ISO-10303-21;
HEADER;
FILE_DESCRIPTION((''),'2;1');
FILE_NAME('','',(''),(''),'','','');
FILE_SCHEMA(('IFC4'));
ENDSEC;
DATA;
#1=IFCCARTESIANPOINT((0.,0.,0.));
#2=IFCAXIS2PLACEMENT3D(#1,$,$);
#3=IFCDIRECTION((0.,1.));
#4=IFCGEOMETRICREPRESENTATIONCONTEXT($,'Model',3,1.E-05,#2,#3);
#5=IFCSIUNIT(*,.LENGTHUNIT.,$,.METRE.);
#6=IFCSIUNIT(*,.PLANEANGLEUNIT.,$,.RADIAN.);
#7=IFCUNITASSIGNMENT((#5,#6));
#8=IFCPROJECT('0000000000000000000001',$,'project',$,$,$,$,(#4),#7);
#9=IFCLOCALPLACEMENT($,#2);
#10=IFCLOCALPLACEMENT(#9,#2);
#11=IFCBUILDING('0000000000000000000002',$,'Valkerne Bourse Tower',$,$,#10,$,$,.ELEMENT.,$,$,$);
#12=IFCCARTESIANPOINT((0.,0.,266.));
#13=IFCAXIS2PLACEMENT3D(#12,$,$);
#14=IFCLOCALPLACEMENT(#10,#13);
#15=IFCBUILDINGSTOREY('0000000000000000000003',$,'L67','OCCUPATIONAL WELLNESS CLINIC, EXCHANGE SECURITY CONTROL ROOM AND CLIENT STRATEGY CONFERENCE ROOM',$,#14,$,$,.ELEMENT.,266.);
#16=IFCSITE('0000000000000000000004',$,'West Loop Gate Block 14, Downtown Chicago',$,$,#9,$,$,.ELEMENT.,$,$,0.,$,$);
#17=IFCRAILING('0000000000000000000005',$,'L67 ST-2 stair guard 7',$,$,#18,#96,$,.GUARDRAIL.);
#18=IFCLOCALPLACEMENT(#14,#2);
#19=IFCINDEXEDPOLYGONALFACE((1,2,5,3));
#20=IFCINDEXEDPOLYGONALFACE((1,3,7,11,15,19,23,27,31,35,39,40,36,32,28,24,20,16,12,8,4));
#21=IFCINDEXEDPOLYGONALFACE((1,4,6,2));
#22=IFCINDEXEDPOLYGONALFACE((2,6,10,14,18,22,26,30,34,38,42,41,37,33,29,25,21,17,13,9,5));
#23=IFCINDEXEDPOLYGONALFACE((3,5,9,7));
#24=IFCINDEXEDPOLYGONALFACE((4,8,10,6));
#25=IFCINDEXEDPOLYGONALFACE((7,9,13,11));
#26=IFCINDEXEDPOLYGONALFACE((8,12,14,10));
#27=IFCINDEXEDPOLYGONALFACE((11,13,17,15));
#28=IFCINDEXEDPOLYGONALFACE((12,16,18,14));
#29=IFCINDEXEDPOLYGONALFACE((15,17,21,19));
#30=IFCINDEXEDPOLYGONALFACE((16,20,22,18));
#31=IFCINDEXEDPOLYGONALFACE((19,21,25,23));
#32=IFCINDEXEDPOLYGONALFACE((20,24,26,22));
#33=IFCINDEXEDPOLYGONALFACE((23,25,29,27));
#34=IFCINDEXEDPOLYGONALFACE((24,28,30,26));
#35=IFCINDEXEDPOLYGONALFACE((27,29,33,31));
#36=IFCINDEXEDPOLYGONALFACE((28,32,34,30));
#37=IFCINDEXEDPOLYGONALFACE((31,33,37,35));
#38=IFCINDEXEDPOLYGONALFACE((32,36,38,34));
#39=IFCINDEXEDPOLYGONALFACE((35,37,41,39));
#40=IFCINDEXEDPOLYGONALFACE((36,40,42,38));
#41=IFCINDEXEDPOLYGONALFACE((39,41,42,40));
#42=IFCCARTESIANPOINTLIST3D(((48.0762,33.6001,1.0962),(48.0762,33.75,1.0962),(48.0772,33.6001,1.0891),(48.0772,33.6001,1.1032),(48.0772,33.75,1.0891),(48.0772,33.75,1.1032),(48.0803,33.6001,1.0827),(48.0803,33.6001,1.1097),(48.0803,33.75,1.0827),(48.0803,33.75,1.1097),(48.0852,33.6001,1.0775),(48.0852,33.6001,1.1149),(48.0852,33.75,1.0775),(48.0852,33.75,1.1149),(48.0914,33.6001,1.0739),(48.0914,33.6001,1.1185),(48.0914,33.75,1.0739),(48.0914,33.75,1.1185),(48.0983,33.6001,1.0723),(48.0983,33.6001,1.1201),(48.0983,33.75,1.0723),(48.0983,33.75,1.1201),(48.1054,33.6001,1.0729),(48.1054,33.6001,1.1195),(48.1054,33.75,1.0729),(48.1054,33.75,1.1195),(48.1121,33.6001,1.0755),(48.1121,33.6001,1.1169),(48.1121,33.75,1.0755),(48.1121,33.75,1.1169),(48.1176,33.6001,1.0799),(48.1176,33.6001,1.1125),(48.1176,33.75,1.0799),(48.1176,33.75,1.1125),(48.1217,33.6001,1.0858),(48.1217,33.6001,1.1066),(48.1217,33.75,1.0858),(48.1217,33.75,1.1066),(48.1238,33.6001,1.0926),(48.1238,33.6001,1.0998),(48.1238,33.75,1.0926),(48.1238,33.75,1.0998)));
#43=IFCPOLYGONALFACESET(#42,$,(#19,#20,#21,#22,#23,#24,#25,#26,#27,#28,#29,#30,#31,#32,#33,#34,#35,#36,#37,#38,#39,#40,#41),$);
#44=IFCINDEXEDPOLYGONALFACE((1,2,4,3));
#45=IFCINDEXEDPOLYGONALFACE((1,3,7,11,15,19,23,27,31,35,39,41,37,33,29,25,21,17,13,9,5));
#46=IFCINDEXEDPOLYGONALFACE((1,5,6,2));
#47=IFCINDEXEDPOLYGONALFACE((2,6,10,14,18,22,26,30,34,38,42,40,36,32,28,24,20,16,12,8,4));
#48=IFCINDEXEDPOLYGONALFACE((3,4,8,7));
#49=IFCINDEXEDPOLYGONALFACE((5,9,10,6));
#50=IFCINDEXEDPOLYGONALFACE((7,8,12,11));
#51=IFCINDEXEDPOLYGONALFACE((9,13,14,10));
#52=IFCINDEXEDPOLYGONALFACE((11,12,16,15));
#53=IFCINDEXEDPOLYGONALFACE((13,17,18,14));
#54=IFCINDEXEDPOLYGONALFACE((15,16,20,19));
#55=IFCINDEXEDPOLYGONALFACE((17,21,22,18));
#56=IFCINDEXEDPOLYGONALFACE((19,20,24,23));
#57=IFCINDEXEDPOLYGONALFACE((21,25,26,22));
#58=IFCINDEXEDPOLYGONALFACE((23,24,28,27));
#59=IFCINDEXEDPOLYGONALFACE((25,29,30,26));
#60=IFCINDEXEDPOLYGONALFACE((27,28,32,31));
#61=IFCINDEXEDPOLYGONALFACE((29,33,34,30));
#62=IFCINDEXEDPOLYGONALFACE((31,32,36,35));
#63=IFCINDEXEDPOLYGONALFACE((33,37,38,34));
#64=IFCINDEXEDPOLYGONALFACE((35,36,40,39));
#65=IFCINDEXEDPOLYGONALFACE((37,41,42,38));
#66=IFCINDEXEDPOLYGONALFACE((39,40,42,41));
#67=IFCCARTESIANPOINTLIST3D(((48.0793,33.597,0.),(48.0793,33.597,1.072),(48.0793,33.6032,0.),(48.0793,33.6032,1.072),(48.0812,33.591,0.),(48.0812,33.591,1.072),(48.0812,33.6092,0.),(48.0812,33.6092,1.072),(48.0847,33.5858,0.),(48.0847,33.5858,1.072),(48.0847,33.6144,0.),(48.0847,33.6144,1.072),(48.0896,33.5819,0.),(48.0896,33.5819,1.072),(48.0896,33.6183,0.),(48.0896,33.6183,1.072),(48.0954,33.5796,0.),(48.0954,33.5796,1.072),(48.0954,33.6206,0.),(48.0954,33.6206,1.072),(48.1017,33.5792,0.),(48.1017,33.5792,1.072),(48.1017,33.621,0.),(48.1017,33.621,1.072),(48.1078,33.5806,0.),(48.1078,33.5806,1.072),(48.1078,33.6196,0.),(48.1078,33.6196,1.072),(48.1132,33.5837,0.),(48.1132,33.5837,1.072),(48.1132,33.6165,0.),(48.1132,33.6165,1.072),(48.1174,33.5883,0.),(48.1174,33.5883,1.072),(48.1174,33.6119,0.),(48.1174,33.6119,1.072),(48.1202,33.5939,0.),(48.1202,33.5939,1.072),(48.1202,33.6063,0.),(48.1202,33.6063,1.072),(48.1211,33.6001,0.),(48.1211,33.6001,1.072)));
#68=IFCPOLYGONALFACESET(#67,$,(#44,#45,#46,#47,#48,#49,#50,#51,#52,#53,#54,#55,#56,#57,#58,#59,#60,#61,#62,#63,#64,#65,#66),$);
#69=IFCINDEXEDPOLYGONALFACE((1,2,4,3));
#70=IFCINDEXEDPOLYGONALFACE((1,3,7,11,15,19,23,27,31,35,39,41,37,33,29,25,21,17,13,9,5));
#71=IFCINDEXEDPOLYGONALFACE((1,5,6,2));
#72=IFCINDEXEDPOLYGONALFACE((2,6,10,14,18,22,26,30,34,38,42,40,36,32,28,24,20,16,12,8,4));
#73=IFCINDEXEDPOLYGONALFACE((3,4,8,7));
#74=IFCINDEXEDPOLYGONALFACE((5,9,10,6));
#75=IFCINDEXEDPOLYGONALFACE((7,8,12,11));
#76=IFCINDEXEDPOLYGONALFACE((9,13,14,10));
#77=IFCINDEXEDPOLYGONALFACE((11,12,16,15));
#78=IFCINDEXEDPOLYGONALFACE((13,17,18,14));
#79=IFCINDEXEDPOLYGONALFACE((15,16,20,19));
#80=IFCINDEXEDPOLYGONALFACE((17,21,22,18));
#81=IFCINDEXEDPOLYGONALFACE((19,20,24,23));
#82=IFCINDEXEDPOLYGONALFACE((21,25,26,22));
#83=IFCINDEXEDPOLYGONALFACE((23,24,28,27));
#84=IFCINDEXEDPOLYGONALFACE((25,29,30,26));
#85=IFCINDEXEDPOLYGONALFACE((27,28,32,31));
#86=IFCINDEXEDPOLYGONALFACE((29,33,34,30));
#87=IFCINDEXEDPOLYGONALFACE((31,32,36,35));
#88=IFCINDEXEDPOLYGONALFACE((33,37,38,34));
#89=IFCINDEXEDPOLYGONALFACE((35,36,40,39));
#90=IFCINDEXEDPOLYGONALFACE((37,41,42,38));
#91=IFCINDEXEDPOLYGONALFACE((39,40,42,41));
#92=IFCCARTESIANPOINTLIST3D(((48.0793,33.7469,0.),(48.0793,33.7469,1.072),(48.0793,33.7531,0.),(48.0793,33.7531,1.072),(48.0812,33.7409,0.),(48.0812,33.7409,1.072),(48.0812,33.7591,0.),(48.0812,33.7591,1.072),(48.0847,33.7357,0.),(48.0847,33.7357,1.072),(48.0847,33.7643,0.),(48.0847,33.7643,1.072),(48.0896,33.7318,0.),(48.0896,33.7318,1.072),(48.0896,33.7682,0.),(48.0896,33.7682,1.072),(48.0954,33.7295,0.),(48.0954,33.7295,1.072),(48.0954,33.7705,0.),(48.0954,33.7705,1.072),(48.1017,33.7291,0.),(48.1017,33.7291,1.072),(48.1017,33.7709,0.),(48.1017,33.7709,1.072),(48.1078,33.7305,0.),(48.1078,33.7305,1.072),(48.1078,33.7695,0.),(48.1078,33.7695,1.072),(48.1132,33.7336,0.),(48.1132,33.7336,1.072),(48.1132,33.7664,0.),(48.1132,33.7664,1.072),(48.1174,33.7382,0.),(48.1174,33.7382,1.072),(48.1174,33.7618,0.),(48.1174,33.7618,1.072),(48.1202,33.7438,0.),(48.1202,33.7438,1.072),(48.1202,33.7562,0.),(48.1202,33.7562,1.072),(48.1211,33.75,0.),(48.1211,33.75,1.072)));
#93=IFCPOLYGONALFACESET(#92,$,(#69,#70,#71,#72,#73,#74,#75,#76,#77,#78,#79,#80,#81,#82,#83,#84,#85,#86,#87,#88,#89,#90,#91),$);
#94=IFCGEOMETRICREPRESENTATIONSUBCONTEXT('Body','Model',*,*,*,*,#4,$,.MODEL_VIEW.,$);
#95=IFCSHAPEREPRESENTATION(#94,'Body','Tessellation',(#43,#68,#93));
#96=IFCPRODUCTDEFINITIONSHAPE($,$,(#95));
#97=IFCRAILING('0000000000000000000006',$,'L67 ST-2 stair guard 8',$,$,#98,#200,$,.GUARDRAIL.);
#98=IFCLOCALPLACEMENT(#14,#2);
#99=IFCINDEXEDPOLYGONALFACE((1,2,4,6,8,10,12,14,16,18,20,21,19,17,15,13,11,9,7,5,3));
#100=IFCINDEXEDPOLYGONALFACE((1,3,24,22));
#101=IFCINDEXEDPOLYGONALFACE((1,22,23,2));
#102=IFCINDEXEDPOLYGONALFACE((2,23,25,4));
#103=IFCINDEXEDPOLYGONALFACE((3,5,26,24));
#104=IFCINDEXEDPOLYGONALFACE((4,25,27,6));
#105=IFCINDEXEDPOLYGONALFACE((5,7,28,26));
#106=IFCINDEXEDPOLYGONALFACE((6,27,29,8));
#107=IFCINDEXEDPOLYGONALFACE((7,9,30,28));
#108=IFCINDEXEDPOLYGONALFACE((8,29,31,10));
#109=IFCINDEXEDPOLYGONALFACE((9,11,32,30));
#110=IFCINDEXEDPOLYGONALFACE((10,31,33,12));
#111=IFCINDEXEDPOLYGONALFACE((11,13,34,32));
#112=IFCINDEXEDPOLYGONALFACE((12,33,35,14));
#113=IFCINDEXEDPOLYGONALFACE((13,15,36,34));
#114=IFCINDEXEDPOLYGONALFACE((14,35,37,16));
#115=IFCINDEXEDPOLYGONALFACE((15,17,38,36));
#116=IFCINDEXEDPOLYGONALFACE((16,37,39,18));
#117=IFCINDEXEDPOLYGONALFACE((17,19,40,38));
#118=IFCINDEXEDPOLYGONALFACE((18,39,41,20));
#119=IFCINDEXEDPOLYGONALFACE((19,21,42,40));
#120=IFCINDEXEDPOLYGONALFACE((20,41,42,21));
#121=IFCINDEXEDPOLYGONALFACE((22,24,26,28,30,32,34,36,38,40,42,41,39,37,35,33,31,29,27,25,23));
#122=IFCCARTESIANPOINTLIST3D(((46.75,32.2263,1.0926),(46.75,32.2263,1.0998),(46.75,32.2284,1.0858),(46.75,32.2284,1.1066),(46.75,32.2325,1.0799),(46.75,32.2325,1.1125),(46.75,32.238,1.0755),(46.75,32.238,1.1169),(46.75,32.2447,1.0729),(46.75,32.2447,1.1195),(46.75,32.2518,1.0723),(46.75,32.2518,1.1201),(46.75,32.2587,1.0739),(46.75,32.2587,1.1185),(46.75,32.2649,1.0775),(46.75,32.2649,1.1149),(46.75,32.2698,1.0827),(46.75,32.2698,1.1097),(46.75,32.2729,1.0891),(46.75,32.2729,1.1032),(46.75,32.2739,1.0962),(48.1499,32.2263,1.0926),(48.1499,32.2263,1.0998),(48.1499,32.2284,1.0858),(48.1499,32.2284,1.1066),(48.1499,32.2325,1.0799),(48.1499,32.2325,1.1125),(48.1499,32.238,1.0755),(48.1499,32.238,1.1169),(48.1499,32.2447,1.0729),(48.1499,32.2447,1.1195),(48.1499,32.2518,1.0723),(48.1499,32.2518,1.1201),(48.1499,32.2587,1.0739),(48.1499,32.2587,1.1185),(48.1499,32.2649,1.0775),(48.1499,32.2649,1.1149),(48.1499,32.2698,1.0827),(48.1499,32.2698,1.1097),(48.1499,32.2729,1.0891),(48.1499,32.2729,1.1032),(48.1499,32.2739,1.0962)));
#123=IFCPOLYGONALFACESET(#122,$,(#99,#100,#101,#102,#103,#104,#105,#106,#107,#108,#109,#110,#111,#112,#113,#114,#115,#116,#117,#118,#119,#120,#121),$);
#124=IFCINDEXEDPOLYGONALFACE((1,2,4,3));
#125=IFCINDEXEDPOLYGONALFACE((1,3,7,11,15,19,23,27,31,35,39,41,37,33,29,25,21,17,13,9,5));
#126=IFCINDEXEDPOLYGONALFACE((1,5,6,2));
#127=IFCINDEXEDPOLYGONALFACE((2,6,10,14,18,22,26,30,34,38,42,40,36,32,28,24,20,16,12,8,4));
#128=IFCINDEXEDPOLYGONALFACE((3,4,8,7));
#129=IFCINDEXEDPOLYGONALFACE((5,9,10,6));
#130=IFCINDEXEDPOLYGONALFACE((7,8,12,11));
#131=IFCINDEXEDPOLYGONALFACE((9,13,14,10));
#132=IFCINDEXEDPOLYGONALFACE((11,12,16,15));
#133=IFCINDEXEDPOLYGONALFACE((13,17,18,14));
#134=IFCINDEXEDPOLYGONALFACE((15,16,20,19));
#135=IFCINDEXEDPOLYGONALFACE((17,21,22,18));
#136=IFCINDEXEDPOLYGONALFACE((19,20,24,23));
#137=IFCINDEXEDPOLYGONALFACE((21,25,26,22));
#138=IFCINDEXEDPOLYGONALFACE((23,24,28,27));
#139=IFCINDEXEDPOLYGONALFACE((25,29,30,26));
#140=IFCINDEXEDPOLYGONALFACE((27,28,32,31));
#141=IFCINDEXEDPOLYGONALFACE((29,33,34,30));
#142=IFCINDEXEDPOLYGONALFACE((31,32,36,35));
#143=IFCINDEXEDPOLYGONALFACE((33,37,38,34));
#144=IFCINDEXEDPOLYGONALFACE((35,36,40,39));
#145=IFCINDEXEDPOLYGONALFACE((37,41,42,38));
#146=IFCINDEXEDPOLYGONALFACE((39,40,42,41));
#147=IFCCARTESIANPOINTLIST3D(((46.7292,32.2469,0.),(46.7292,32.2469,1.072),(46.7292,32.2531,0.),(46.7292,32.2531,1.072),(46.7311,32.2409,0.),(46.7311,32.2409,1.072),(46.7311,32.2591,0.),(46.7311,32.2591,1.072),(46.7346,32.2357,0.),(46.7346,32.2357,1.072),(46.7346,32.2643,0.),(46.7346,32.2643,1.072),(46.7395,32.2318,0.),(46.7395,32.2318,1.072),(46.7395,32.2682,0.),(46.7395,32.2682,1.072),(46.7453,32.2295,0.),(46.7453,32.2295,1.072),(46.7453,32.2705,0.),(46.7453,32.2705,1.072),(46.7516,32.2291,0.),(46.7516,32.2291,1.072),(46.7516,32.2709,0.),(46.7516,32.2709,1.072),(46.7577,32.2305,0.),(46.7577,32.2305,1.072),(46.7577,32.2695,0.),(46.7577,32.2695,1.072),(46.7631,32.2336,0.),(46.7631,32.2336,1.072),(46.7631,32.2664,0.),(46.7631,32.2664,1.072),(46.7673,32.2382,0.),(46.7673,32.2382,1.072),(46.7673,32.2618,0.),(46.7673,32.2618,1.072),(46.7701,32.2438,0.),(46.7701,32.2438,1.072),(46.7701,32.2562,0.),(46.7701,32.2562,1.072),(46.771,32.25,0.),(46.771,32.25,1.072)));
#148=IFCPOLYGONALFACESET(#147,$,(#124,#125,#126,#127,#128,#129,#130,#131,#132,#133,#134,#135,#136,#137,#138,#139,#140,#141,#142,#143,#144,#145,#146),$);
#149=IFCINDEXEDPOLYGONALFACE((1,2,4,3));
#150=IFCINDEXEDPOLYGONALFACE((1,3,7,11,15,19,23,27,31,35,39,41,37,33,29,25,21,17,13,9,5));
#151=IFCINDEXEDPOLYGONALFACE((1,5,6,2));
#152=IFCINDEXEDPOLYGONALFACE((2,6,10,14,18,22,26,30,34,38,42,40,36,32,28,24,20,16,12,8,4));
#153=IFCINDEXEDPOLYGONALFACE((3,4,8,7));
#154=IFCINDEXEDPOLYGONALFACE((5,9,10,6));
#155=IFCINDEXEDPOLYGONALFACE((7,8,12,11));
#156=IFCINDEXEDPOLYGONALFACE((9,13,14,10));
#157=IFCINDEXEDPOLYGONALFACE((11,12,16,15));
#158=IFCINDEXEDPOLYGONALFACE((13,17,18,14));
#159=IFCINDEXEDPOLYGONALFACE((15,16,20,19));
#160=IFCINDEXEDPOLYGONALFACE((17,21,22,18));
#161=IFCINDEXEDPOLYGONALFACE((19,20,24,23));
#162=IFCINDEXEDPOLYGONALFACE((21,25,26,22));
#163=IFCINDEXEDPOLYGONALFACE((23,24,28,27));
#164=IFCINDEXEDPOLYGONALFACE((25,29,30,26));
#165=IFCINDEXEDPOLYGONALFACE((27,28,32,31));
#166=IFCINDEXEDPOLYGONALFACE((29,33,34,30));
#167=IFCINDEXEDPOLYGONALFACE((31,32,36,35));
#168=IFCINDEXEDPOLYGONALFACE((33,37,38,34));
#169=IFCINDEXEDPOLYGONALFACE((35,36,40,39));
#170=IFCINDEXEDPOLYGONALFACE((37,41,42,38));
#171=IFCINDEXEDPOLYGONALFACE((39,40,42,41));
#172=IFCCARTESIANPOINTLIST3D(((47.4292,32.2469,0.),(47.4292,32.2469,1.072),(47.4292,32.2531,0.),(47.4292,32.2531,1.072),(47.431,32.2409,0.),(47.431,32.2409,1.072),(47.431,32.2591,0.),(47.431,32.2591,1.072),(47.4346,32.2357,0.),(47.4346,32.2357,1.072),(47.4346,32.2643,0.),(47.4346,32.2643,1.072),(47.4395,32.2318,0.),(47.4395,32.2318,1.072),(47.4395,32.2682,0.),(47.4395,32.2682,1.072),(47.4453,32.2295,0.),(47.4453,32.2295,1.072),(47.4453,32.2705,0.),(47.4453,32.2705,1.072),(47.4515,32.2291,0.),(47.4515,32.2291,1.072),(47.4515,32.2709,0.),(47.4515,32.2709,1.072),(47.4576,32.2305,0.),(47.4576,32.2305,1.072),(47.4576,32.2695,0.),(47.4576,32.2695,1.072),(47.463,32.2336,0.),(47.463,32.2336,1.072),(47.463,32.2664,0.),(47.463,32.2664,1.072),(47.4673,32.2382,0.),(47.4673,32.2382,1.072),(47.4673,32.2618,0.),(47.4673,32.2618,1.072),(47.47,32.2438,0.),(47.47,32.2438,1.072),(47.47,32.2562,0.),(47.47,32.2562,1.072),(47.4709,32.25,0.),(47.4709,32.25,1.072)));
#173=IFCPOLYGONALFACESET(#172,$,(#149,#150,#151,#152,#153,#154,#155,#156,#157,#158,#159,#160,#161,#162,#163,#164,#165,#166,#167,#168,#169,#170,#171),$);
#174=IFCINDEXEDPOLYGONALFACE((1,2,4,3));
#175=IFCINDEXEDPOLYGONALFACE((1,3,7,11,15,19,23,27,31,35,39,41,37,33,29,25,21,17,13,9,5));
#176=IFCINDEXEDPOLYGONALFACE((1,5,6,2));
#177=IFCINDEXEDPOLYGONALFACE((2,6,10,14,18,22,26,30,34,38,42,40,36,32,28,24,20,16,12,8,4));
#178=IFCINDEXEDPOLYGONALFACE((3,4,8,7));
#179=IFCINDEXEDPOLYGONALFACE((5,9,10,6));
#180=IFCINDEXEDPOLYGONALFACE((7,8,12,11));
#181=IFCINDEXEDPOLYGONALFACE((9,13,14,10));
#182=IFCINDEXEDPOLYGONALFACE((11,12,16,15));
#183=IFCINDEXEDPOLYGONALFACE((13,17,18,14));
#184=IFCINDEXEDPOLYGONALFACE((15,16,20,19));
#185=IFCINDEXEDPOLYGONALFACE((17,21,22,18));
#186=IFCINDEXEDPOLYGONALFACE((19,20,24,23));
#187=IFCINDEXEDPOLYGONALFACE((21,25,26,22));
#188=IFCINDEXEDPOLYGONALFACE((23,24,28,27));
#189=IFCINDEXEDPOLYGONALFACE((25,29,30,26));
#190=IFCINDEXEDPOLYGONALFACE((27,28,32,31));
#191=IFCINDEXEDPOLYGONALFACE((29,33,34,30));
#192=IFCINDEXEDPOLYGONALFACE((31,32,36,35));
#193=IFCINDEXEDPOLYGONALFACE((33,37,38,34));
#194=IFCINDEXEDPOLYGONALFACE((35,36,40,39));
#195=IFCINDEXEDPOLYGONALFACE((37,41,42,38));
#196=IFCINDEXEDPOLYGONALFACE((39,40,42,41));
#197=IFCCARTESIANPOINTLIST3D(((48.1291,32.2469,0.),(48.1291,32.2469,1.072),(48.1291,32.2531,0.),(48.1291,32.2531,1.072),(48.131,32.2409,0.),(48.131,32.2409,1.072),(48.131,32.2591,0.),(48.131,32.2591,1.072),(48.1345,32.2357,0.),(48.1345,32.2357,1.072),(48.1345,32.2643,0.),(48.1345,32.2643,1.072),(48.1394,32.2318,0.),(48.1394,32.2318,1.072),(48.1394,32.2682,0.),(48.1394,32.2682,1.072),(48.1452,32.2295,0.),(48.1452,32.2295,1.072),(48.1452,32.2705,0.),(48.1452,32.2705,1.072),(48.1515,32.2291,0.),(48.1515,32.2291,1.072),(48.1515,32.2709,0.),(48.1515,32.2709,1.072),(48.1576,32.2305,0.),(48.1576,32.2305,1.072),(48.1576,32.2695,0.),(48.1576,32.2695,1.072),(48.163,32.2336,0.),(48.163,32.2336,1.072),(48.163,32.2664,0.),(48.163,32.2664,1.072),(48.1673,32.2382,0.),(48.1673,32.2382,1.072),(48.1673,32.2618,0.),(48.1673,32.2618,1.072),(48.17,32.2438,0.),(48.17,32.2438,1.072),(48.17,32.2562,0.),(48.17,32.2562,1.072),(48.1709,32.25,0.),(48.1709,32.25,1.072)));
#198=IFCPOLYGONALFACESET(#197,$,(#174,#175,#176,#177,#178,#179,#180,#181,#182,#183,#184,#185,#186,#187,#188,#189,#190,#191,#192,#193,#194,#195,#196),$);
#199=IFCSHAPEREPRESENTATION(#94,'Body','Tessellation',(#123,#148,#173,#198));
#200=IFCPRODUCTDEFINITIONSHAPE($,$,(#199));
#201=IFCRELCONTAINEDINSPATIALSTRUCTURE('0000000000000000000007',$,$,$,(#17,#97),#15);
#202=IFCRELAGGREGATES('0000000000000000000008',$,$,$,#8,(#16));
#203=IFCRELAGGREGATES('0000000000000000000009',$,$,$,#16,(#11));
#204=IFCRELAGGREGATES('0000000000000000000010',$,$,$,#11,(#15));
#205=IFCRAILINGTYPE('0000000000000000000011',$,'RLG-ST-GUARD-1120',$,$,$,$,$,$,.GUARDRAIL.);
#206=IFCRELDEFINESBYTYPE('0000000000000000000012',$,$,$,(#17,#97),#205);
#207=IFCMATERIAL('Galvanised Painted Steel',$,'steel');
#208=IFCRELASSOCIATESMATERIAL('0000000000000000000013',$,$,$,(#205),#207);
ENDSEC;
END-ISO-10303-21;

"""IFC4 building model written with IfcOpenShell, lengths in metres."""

from ifc_helpers import new_model, si_unit, direction, frame, origin, origin_2d, place, context, subcontext, project, spatial, circle, extrude, material, type_object, element, save


model = new_model("IFC4")

# Units and contexts
model_context = context("Model", 3, precision=1e-05, world=origin(), true_north=direction((0.0, 1.0)))
body_context = subcontext(model_context, "Body", "Model", "MODEL_VIEW")
ifc_project = project(units=[si_unit("LENGTHUNIT", "METRE"), si_unit("PLANEANGLEUNIT", "RADIAN")], contexts=[model_context])

# Site, building, storey
site_placement = place(None, origin())
site = spatial("IfcSite", under=ifc_project, at=site_placement, Name="West Loop Gate Block 14, Downtown Chicago", CompositionType="ELEMENT", RefElevation=0.0)
building_placement = place(site_placement, origin())
building = spatial("IfcBuilding", under=site, at=building_placement, Name="Valkerne Bourse Tower", CompositionType="ELEMENT")
storey_placement = place(building_placement, frame((0.0, 0.0, 266.0)))
storey = spatial("IfcBuildingStorey", under=building, at=storey_placement, Name="L67", Description="OCCUPATIONAL WELLNESS CLINIC, EXCHANGE SECURITY CONTROL ROOM AND CLIENT STRATEGY CONFERENCE ROOM", CompositionType="ELEMENT", Elevation=266.0)

# Shared definitions
ifc_material_1 = material(Name="Galvanised Painted Steel", Category="steel")

# Railings
railing_type_1 = type_object("IfcRailingType", Name="RLG-ST-GUARD-1120", PredefinedType="GUARDRAIL", material=ifc_material_1)
railing_1_placement = place(storey_placement, frame((48.1001, 33.6001, 0.0)))
element("IfcRailing", 1, at=railing_1_placement, inside=storey, type_object=railing_type_1, Name="L67 ST-2 stair guard 7", PredefinedType="GUARDRAIL", context=body_context, shape_type="SweptSolid", body=[
    extrude(circle(Radius=0.0239, at=origin_2d()), frame((0.0, 0.0, 1.0962), z_axis=(0.0, 1.0, 0.0), x_axis=(-1.0, 0.0, 0.0)), (0.0, 0.0, 1.0), 0.1499),
    extrude(circle(Radius=0.021, at=origin_2d()), origin(), (0.0, 0.0, 1.0), 1.072),
    extrude(circle(Radius=0.021, at=origin_2d()), frame((0.0, 0.1499, 0.0)), (0.0, 0.0, 1.0), 1.072),
])
for number, where, name in (
    (2, (46.75, 32.25, 0.0), "L67 ST-2 stair guard 8"),
):
    element("IfcRailing", number, at=place(storey_placement, frame(where)), inside=storey, type_object=railing_type_1, Name=name, PredefinedType="GUARDRAIL", context=body_context, shape_type="SweptSolid", body=[
        extrude(circle(Radius=0.0239, at=origin_2d()), frame((0.0, 0.0, 1.0962), z_axis=(1.0, 0.0, 0.0), x_axis=(0.0, 1.0, 0.0)), (0.0, 0.0, 1.0), 1.3999),
        extrude(circle(Radius=0.021, at=origin_2d()), origin(), (0.0, 0.0, 1.0), 1.072),
        extrude(circle(Radius=0.021, at=origin_2d()), frame((0.7, 0.0, 0.0)), (0.0, 0.0, 1.0), 1.072),
        extrude(circle(Radius=0.021, at=origin_2d()), frame((1.3999, 0.0, 0.0)), (0.0, 0.0, 1.0), 1.072),
    ])

save(model, "model.ifc")
